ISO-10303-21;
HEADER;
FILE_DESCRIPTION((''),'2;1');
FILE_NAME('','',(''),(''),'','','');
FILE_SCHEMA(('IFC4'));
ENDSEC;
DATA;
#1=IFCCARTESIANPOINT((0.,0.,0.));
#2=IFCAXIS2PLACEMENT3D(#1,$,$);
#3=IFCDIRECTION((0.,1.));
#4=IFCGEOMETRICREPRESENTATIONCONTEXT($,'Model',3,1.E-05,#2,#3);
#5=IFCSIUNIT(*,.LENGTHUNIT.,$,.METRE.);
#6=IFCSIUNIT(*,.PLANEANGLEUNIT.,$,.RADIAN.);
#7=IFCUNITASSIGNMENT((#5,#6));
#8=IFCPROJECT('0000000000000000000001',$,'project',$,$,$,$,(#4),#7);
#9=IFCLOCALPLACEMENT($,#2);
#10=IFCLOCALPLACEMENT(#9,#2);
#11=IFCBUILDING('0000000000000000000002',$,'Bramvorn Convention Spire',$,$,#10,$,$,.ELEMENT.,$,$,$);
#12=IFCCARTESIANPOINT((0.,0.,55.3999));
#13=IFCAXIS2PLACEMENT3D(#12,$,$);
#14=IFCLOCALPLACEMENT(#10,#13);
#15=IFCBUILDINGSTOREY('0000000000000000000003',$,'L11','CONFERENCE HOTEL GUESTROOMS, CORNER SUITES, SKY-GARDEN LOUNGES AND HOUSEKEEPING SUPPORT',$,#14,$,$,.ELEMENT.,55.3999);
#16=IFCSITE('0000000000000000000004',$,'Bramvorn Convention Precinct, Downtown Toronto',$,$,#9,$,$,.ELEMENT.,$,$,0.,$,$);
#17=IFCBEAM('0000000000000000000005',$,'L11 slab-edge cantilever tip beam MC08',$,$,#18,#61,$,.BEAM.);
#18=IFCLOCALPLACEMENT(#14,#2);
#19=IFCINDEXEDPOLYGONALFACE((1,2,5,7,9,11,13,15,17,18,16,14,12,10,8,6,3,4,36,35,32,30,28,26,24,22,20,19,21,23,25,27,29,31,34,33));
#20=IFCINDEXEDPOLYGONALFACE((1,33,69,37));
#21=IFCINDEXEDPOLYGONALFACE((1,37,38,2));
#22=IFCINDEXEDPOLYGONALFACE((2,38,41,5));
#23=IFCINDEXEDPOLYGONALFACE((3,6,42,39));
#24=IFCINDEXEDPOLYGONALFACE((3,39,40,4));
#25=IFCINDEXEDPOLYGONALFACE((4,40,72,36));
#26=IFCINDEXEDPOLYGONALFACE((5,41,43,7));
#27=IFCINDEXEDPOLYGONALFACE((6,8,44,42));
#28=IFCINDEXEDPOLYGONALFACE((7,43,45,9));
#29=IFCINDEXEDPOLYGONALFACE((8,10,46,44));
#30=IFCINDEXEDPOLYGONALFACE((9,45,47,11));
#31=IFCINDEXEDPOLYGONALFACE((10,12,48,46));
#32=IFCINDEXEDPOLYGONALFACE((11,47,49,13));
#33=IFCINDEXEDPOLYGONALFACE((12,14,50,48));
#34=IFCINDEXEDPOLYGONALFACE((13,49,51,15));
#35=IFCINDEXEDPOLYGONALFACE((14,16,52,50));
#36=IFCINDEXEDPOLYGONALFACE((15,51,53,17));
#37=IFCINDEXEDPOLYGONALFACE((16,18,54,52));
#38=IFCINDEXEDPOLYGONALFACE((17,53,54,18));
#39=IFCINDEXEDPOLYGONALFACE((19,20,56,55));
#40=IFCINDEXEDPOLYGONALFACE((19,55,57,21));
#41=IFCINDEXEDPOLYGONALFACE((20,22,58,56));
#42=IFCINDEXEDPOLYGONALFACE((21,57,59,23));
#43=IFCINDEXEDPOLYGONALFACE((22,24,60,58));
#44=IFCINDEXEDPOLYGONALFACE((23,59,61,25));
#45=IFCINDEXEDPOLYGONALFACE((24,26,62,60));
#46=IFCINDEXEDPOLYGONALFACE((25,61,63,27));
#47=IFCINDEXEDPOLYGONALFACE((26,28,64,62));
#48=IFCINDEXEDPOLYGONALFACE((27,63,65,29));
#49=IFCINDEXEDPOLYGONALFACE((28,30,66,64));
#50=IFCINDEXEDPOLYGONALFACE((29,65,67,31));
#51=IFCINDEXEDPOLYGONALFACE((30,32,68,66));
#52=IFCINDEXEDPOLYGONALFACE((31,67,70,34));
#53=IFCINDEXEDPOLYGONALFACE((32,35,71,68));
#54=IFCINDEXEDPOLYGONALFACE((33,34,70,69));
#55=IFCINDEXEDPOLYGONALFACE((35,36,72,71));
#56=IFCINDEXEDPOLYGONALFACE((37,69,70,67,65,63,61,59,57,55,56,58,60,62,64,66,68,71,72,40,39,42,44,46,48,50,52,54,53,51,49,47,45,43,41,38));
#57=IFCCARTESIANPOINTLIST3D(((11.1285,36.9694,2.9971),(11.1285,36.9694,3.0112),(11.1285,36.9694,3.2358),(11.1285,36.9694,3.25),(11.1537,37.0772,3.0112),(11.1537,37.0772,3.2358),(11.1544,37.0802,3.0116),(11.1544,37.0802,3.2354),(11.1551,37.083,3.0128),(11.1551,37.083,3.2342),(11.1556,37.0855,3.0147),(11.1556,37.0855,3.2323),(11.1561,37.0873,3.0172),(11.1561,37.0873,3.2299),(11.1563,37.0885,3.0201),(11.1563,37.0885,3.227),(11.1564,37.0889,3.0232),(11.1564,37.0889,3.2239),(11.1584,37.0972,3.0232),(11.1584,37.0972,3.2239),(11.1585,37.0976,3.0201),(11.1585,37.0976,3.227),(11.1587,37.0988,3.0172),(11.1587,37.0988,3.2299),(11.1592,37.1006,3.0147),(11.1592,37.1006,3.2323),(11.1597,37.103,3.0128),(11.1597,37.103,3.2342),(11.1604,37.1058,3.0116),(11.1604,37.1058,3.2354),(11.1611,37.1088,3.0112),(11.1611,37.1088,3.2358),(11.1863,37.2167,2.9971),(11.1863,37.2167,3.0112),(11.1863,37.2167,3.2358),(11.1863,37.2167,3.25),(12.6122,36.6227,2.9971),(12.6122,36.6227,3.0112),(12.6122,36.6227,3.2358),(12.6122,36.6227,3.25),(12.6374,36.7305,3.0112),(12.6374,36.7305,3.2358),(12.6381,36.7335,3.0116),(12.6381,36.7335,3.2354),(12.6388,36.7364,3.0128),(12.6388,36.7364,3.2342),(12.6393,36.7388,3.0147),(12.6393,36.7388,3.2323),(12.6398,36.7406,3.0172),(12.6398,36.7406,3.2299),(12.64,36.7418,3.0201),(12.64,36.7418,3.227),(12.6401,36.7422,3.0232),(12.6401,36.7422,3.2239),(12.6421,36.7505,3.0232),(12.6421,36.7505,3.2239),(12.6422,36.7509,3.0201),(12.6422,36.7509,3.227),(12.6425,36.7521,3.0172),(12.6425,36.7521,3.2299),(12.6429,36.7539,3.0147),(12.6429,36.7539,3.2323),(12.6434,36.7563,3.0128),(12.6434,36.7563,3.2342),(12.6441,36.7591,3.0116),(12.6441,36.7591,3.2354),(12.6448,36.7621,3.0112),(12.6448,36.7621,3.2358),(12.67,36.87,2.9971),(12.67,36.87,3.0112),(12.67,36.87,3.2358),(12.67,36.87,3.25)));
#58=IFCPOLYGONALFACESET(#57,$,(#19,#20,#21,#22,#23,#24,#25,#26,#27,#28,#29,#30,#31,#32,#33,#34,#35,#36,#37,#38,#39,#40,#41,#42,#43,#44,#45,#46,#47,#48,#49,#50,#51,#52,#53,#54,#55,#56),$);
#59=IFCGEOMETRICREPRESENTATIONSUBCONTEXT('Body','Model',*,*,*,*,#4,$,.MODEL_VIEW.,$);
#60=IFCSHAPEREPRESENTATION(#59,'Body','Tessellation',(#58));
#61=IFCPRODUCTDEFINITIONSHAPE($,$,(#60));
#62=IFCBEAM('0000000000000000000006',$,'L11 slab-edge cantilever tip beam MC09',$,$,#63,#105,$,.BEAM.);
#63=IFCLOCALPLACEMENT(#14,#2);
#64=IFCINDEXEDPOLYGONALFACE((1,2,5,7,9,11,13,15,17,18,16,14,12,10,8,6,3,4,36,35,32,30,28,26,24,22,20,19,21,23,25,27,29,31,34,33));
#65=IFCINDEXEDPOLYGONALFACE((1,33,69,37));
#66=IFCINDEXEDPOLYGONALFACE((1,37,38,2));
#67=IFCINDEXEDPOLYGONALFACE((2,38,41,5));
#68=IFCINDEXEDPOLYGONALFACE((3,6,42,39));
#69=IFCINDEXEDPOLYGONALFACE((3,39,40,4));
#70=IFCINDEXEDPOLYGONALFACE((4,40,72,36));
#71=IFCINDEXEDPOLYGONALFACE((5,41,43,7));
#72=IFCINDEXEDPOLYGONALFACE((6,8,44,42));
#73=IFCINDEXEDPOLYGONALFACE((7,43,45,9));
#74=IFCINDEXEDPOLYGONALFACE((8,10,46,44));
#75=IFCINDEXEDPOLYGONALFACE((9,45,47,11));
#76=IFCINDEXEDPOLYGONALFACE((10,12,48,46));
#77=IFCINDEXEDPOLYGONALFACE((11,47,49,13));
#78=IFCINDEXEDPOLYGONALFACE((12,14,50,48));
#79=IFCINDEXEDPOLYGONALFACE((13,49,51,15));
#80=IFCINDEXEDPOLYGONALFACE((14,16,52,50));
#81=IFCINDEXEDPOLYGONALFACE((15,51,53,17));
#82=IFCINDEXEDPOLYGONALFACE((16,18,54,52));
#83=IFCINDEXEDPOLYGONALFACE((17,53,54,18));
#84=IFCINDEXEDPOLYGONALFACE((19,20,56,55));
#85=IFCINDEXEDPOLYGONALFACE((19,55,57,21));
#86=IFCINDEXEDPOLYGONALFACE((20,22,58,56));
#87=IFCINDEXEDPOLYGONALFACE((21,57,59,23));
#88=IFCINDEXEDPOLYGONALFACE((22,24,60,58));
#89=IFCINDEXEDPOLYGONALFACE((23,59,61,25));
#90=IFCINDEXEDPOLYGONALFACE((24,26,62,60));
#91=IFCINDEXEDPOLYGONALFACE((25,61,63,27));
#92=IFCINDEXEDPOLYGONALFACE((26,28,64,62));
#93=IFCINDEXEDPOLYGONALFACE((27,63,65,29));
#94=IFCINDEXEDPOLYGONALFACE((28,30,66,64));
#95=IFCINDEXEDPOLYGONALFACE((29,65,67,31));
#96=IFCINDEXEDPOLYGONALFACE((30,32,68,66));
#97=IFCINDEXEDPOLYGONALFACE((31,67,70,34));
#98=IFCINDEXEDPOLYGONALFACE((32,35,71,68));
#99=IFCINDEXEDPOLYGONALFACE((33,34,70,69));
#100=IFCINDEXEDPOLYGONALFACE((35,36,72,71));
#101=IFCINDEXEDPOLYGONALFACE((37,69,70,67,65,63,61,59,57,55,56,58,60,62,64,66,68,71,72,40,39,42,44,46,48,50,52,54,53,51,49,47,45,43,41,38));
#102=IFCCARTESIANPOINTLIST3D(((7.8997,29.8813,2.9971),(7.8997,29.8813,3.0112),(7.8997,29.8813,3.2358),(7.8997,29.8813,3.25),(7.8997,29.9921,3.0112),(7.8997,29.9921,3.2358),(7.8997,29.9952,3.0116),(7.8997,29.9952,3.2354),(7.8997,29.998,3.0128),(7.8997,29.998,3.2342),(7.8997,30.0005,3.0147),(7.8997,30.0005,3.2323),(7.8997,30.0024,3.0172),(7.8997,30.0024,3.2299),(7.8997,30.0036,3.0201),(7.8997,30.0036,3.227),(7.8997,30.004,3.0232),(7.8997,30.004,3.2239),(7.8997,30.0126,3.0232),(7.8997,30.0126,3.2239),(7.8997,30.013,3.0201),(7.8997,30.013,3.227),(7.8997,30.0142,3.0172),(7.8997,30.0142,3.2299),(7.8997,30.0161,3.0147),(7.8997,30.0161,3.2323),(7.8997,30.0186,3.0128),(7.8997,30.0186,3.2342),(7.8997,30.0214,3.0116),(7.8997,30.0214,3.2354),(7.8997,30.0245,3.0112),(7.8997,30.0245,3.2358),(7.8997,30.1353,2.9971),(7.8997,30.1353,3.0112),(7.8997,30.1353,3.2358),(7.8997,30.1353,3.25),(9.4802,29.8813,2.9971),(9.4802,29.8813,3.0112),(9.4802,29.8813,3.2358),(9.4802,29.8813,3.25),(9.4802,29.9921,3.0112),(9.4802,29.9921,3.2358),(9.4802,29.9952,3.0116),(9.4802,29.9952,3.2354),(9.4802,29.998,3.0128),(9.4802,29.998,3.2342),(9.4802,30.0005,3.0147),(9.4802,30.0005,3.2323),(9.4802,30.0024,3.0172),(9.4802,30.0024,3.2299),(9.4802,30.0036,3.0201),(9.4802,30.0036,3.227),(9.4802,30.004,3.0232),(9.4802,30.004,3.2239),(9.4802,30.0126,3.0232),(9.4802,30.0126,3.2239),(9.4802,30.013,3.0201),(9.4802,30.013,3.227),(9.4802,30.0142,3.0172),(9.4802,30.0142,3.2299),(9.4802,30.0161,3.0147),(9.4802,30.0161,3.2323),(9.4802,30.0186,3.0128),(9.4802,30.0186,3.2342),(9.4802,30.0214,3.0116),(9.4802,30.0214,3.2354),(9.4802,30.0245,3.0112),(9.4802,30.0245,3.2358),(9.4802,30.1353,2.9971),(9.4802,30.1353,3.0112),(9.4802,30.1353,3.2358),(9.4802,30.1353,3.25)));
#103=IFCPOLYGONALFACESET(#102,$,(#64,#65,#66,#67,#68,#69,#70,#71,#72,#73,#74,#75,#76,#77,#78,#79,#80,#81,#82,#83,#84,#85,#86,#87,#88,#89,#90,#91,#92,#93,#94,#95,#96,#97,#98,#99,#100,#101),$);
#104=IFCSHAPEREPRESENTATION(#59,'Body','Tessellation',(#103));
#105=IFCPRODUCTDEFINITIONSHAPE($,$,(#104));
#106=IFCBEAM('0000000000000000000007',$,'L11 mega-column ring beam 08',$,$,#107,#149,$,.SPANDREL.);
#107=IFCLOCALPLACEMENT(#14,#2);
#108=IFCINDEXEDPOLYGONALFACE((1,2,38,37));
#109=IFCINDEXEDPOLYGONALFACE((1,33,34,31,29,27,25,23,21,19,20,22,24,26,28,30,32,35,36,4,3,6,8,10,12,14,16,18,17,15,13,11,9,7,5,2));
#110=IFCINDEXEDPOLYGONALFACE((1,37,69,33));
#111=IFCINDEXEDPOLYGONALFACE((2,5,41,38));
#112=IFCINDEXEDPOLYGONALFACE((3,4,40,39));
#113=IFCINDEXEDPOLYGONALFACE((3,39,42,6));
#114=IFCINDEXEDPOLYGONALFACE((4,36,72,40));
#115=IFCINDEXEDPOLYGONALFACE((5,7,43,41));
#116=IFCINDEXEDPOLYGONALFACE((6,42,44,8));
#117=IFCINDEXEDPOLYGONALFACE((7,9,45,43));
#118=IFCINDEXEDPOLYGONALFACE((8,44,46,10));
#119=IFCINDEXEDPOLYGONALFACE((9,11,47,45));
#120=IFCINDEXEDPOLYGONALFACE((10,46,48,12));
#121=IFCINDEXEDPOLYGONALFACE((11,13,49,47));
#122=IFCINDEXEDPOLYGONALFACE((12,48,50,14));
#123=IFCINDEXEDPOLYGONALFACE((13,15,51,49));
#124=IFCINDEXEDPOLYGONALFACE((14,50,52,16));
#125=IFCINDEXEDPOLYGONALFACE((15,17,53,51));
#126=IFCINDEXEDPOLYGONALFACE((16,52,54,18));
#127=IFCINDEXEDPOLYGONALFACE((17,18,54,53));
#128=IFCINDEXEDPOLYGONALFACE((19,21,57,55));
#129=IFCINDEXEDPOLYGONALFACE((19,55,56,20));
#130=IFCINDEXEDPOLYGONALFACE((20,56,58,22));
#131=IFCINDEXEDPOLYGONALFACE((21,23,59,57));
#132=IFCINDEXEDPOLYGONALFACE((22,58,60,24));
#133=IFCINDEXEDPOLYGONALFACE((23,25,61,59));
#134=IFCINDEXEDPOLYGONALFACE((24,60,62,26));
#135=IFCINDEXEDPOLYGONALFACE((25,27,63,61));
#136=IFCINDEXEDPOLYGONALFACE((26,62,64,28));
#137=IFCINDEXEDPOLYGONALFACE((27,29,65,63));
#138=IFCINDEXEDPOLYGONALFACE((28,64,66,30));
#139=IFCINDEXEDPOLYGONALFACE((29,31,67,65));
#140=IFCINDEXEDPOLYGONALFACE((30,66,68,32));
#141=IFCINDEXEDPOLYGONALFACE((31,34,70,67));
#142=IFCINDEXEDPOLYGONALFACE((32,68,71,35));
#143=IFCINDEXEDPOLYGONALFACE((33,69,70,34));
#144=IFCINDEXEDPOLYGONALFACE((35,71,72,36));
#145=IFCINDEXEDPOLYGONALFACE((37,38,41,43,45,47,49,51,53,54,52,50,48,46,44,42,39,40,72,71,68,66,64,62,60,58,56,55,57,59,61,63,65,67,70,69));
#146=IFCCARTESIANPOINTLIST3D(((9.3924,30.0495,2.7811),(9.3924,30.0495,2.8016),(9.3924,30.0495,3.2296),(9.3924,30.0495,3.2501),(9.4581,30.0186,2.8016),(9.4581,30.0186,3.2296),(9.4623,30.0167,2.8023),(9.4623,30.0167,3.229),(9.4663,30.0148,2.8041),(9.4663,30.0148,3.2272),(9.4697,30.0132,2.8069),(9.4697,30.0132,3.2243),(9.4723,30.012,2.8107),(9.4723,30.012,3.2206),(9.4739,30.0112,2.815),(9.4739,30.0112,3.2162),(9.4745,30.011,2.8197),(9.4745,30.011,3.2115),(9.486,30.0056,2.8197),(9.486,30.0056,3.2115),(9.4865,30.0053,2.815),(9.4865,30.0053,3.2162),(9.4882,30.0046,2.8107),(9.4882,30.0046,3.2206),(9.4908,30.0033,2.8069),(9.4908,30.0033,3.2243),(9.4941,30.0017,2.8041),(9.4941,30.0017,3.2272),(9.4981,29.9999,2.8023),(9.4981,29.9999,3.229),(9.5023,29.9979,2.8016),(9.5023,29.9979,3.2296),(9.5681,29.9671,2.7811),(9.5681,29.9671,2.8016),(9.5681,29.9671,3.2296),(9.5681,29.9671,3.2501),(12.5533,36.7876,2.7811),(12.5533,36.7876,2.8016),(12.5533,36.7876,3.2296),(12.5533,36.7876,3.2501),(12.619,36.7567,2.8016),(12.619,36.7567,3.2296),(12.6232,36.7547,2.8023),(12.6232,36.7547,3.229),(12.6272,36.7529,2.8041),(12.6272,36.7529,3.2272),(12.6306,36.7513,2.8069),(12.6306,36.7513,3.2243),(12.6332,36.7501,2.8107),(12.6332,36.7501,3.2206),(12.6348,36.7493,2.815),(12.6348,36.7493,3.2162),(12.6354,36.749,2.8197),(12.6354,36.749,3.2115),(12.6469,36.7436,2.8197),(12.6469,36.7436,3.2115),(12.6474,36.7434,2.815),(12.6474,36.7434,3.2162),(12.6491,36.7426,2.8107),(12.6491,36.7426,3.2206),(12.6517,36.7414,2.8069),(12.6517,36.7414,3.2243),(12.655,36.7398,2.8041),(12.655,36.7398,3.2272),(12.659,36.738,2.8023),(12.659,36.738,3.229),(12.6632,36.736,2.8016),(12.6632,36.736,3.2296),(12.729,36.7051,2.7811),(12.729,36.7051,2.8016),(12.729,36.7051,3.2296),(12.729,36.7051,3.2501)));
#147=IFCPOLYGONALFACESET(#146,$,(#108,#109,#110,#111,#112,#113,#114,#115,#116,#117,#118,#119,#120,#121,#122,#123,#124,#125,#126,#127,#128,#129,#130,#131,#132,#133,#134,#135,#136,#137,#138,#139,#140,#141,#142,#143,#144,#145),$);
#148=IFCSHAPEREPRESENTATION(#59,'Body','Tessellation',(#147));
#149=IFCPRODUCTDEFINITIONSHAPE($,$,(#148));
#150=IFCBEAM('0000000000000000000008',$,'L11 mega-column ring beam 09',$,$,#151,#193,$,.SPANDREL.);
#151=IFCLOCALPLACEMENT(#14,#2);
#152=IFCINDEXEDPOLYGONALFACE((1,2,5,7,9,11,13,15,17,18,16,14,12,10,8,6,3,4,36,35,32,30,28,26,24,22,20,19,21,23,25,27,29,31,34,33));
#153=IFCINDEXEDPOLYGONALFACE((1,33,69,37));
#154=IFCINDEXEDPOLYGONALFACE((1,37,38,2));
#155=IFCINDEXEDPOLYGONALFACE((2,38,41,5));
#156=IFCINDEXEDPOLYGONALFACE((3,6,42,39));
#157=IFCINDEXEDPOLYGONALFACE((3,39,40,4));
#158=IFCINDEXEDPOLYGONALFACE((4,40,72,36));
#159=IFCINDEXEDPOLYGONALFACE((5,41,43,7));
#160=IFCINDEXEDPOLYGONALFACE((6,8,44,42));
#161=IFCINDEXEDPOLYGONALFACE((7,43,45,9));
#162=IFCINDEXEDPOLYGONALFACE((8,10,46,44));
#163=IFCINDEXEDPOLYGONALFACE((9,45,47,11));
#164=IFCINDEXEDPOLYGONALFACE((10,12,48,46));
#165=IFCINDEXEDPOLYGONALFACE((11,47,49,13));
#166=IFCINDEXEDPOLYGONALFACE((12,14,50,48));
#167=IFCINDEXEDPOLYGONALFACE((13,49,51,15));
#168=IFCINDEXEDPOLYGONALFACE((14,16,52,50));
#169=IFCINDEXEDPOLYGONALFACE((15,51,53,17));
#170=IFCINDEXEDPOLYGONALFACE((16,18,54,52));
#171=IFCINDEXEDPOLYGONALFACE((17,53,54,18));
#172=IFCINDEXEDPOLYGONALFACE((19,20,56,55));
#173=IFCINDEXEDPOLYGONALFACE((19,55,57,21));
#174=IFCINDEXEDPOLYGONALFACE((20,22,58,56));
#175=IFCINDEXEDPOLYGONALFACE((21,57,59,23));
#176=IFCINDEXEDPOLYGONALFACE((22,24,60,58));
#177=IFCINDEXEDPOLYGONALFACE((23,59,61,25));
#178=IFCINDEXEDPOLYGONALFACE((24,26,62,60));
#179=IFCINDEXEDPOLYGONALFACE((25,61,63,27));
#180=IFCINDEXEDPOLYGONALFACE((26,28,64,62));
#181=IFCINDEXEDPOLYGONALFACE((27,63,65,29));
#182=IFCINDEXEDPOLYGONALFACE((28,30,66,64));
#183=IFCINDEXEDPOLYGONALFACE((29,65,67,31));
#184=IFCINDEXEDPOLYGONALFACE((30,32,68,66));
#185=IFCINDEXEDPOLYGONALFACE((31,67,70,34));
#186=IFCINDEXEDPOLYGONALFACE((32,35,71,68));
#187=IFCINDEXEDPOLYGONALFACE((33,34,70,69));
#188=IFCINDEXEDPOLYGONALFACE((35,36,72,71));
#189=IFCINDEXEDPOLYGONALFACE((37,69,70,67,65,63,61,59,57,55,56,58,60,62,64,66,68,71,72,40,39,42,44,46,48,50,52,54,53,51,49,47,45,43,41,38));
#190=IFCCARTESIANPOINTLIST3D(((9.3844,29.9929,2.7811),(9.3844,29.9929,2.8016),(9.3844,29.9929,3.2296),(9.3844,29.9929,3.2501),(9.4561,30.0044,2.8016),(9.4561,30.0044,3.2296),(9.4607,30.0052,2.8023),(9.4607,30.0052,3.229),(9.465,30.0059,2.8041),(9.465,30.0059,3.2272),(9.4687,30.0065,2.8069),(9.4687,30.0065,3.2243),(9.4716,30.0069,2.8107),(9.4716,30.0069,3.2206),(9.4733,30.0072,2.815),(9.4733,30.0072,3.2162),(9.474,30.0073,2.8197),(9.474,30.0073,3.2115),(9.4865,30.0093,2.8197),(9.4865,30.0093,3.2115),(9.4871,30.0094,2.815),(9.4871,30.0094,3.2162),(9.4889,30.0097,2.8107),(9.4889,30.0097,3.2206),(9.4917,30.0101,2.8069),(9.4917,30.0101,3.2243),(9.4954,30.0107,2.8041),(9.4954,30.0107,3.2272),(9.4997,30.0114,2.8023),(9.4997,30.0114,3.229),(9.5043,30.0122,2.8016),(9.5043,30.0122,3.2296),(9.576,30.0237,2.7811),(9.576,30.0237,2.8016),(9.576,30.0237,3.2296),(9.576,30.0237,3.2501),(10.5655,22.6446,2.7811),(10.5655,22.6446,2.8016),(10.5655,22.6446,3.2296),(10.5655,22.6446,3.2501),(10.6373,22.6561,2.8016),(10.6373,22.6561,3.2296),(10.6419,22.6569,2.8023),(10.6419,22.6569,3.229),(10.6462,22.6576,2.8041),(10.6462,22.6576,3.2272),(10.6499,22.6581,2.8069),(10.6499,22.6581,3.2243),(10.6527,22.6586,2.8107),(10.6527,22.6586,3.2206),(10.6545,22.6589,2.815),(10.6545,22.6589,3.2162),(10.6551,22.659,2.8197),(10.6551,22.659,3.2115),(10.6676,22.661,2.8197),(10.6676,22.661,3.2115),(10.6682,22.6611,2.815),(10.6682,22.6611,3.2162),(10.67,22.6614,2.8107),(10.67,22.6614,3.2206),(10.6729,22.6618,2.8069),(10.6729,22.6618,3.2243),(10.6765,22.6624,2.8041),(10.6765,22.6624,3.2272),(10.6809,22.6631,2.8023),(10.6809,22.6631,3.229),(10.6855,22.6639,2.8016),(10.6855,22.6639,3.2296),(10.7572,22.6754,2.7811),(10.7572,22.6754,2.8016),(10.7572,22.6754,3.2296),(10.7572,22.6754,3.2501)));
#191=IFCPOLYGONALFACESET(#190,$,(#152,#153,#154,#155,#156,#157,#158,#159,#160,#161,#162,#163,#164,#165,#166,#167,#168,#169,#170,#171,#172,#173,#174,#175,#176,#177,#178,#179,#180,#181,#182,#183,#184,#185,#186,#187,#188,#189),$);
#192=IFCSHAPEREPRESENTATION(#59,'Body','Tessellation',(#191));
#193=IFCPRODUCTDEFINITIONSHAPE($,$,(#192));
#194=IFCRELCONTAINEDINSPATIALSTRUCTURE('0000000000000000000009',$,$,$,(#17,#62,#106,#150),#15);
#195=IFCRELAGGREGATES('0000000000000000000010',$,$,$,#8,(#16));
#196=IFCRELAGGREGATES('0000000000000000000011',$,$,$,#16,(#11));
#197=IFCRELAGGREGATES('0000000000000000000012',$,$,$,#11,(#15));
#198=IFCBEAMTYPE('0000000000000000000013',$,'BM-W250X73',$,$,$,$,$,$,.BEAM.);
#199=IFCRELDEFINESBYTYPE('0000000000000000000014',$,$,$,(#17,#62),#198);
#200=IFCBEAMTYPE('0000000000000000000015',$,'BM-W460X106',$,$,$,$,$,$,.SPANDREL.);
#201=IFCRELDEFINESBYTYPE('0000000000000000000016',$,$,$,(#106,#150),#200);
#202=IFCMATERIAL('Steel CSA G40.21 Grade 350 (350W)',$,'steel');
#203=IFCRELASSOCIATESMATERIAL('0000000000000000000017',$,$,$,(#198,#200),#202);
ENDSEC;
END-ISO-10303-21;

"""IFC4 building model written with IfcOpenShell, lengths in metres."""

from ifc_helpers import new_model, si_unit, direction, frame, origin, origin_2d, place, context, subcontext, project, spatial, i_section, extrude, material, material_profile, profile_set, type_object, element, save


model = new_model("IFC4")

# Units and contexts
model_context = context("Model", 3, precision=1e-05, world=origin(), true_north=direction((0.0, 1.0)))
body_context = subcontext(model_context, "Body", "Model", "MODEL_VIEW")
ifc_project = project(units=[si_unit("LENGTHUNIT", "METRE"), si_unit("PLANEANGLEUNIT", "RADIAN")], contexts=[model_context])

# Site, building, storey
site_placement = place(None, origin())
site = spatial("IfcSite", under=ifc_project, at=site_placement, Name="Bramvorn Convention Precinct, Downtown Toronto", CompositionType="ELEMENT", RefElevation=0.0)
building_placement = place(site_placement, origin())
building = spatial("IfcBuilding", under=site, at=building_placement, Name="Bramvorn Convention Spire", CompositionType="ELEMENT")
storey_placement = place(building_placement, frame((0.0, 0.0, 55.3999)))
storey = spatial("IfcBuildingStorey", under=building, at=storey_placement, Name="L11", Description="CONFERENCE HOTEL GUESTROOMS, CORNER SUITES, SKY-GARDEN LOUNGES AND HOUSEKEEPING SUPPORT", CompositionType="ELEMENT", Elevation=55.3999)

# Shared definitions
ifc_material_1 = material(Name="Steel CSA G40.21 Grade 350 (350W)", Category="steel")

# Beams
ifc_material_profile_1 = material_profile(ifc_material_1, i_section(OverallWidth=0.2539, OverallDepth=0.2529, WebThickness=0.0085, FlangeThickness=0.0142, FilletRadius=0.012, at=origin_2d()))
ifc_profile_set_1 = profile_set([ifc_material_profile_1], Name="Steel CSA G40.21 Grade 350 (350W) - W250X73")
beam_type_1 = type_object("IfcBeamType", Name="BM-W250X73", PredefinedType="BEAM", material=ifc_profile_set_1)
beam_1_placement = place(storey_placement, frame((12.6411, 36.7463, 3.1235), z_axis=(-0.973769, 0.227539, 0.0), x_axis=(-0.227539, -0.973769, 0.0)))
element("IfcBeam", 1, at=beam_1_placement, inside=storey, type_object=beam_type_1, Name="L11 slab-edge cantilever tip beam MC08", PredefinedType="BEAM", context=body_context, shape_type="SweptSolid", body=[
    extrude(i_section(OverallWidth=0.2539, OverallDepth=0.2529, WebThickness=0.0085, FlangeThickness=0.0142, FilletRadius=0.012, at=origin_2d()), origin(), (0.0, 0.0, 1.0), 1.5237),
])
beam_2_placement = place(storey_placement, frame((9.4802, 30.0083, 3.1235), z_axis=(-1.0, 0.0, 0.0), x_axis=(0.0, -1.0, 0.0)))
element("IfcBeam", 2, at=beam_2_placement, inside=storey, type_object=beam_type_1, Name="L11 slab-edge cantilever tip beam MC09", PredefinedType="BEAM", context=body_context, shape_type="SweptSolid", body=[
    extrude(i_section(OverallWidth=0.2539, OverallDepth=0.2529, WebThickness=0.0085, FlangeThickness=0.0142, FilletRadius=0.012, at=origin_2d()), origin(), (0.0, 0.0, 1.0), 1.5806),
])
ifc_material_profile_2 = material_profile(ifc_material_1, i_section(OverallWidth=0.1941, OverallDepth=0.469, WebThickness=0.0127, FlangeThickness=0.0205, FilletRadius=0.0181, at=origin_2d()))
ifc_profile_set_2 = profile_set([ifc_material_profile_2], Name="Steel CSA G40.21 Grade 350 (350W) - W460X106")
beam_type_2 = type_object("IfcBeamType", Name="BM-W460X106", PredefinedType="SPANDREL", material=ifc_profile_set_2)
for number, where, z_axis, x_axis, name in (
    (3, (12.6411, 36.7463, 3.0156), (-0.424702, -0.905333, 0.0), (0.905333, -0.424702, 0.0), "L11 mega-column ring beam 08"),
    (4, (9.4802, 30.0083, 3.0156), (0.158699, -0.987327, 0.0), (0.987327, 0.158699, 0.0), "L11 mega-column ring beam 09"),
):
    element("IfcBeam", number, at=place(storey_placement, frame(where, z_axis=z_axis, x_axis=x_axis)), inside=storey, type_object=beam_type_2, Name=name, PredefinedType="SPANDREL", context=body_context, shape_type="SweptSolid", body=[
        extrude(i_section(OverallWidth=0.1941, OverallDepth=0.469, WebThickness=0.0127, FlangeThickness=0.0205, FilletRadius=0.0181, at=origin_2d()), origin(), (0.0, 0.0, 1.0), 7.4426),
    ])

save(model, "model.ifc")
